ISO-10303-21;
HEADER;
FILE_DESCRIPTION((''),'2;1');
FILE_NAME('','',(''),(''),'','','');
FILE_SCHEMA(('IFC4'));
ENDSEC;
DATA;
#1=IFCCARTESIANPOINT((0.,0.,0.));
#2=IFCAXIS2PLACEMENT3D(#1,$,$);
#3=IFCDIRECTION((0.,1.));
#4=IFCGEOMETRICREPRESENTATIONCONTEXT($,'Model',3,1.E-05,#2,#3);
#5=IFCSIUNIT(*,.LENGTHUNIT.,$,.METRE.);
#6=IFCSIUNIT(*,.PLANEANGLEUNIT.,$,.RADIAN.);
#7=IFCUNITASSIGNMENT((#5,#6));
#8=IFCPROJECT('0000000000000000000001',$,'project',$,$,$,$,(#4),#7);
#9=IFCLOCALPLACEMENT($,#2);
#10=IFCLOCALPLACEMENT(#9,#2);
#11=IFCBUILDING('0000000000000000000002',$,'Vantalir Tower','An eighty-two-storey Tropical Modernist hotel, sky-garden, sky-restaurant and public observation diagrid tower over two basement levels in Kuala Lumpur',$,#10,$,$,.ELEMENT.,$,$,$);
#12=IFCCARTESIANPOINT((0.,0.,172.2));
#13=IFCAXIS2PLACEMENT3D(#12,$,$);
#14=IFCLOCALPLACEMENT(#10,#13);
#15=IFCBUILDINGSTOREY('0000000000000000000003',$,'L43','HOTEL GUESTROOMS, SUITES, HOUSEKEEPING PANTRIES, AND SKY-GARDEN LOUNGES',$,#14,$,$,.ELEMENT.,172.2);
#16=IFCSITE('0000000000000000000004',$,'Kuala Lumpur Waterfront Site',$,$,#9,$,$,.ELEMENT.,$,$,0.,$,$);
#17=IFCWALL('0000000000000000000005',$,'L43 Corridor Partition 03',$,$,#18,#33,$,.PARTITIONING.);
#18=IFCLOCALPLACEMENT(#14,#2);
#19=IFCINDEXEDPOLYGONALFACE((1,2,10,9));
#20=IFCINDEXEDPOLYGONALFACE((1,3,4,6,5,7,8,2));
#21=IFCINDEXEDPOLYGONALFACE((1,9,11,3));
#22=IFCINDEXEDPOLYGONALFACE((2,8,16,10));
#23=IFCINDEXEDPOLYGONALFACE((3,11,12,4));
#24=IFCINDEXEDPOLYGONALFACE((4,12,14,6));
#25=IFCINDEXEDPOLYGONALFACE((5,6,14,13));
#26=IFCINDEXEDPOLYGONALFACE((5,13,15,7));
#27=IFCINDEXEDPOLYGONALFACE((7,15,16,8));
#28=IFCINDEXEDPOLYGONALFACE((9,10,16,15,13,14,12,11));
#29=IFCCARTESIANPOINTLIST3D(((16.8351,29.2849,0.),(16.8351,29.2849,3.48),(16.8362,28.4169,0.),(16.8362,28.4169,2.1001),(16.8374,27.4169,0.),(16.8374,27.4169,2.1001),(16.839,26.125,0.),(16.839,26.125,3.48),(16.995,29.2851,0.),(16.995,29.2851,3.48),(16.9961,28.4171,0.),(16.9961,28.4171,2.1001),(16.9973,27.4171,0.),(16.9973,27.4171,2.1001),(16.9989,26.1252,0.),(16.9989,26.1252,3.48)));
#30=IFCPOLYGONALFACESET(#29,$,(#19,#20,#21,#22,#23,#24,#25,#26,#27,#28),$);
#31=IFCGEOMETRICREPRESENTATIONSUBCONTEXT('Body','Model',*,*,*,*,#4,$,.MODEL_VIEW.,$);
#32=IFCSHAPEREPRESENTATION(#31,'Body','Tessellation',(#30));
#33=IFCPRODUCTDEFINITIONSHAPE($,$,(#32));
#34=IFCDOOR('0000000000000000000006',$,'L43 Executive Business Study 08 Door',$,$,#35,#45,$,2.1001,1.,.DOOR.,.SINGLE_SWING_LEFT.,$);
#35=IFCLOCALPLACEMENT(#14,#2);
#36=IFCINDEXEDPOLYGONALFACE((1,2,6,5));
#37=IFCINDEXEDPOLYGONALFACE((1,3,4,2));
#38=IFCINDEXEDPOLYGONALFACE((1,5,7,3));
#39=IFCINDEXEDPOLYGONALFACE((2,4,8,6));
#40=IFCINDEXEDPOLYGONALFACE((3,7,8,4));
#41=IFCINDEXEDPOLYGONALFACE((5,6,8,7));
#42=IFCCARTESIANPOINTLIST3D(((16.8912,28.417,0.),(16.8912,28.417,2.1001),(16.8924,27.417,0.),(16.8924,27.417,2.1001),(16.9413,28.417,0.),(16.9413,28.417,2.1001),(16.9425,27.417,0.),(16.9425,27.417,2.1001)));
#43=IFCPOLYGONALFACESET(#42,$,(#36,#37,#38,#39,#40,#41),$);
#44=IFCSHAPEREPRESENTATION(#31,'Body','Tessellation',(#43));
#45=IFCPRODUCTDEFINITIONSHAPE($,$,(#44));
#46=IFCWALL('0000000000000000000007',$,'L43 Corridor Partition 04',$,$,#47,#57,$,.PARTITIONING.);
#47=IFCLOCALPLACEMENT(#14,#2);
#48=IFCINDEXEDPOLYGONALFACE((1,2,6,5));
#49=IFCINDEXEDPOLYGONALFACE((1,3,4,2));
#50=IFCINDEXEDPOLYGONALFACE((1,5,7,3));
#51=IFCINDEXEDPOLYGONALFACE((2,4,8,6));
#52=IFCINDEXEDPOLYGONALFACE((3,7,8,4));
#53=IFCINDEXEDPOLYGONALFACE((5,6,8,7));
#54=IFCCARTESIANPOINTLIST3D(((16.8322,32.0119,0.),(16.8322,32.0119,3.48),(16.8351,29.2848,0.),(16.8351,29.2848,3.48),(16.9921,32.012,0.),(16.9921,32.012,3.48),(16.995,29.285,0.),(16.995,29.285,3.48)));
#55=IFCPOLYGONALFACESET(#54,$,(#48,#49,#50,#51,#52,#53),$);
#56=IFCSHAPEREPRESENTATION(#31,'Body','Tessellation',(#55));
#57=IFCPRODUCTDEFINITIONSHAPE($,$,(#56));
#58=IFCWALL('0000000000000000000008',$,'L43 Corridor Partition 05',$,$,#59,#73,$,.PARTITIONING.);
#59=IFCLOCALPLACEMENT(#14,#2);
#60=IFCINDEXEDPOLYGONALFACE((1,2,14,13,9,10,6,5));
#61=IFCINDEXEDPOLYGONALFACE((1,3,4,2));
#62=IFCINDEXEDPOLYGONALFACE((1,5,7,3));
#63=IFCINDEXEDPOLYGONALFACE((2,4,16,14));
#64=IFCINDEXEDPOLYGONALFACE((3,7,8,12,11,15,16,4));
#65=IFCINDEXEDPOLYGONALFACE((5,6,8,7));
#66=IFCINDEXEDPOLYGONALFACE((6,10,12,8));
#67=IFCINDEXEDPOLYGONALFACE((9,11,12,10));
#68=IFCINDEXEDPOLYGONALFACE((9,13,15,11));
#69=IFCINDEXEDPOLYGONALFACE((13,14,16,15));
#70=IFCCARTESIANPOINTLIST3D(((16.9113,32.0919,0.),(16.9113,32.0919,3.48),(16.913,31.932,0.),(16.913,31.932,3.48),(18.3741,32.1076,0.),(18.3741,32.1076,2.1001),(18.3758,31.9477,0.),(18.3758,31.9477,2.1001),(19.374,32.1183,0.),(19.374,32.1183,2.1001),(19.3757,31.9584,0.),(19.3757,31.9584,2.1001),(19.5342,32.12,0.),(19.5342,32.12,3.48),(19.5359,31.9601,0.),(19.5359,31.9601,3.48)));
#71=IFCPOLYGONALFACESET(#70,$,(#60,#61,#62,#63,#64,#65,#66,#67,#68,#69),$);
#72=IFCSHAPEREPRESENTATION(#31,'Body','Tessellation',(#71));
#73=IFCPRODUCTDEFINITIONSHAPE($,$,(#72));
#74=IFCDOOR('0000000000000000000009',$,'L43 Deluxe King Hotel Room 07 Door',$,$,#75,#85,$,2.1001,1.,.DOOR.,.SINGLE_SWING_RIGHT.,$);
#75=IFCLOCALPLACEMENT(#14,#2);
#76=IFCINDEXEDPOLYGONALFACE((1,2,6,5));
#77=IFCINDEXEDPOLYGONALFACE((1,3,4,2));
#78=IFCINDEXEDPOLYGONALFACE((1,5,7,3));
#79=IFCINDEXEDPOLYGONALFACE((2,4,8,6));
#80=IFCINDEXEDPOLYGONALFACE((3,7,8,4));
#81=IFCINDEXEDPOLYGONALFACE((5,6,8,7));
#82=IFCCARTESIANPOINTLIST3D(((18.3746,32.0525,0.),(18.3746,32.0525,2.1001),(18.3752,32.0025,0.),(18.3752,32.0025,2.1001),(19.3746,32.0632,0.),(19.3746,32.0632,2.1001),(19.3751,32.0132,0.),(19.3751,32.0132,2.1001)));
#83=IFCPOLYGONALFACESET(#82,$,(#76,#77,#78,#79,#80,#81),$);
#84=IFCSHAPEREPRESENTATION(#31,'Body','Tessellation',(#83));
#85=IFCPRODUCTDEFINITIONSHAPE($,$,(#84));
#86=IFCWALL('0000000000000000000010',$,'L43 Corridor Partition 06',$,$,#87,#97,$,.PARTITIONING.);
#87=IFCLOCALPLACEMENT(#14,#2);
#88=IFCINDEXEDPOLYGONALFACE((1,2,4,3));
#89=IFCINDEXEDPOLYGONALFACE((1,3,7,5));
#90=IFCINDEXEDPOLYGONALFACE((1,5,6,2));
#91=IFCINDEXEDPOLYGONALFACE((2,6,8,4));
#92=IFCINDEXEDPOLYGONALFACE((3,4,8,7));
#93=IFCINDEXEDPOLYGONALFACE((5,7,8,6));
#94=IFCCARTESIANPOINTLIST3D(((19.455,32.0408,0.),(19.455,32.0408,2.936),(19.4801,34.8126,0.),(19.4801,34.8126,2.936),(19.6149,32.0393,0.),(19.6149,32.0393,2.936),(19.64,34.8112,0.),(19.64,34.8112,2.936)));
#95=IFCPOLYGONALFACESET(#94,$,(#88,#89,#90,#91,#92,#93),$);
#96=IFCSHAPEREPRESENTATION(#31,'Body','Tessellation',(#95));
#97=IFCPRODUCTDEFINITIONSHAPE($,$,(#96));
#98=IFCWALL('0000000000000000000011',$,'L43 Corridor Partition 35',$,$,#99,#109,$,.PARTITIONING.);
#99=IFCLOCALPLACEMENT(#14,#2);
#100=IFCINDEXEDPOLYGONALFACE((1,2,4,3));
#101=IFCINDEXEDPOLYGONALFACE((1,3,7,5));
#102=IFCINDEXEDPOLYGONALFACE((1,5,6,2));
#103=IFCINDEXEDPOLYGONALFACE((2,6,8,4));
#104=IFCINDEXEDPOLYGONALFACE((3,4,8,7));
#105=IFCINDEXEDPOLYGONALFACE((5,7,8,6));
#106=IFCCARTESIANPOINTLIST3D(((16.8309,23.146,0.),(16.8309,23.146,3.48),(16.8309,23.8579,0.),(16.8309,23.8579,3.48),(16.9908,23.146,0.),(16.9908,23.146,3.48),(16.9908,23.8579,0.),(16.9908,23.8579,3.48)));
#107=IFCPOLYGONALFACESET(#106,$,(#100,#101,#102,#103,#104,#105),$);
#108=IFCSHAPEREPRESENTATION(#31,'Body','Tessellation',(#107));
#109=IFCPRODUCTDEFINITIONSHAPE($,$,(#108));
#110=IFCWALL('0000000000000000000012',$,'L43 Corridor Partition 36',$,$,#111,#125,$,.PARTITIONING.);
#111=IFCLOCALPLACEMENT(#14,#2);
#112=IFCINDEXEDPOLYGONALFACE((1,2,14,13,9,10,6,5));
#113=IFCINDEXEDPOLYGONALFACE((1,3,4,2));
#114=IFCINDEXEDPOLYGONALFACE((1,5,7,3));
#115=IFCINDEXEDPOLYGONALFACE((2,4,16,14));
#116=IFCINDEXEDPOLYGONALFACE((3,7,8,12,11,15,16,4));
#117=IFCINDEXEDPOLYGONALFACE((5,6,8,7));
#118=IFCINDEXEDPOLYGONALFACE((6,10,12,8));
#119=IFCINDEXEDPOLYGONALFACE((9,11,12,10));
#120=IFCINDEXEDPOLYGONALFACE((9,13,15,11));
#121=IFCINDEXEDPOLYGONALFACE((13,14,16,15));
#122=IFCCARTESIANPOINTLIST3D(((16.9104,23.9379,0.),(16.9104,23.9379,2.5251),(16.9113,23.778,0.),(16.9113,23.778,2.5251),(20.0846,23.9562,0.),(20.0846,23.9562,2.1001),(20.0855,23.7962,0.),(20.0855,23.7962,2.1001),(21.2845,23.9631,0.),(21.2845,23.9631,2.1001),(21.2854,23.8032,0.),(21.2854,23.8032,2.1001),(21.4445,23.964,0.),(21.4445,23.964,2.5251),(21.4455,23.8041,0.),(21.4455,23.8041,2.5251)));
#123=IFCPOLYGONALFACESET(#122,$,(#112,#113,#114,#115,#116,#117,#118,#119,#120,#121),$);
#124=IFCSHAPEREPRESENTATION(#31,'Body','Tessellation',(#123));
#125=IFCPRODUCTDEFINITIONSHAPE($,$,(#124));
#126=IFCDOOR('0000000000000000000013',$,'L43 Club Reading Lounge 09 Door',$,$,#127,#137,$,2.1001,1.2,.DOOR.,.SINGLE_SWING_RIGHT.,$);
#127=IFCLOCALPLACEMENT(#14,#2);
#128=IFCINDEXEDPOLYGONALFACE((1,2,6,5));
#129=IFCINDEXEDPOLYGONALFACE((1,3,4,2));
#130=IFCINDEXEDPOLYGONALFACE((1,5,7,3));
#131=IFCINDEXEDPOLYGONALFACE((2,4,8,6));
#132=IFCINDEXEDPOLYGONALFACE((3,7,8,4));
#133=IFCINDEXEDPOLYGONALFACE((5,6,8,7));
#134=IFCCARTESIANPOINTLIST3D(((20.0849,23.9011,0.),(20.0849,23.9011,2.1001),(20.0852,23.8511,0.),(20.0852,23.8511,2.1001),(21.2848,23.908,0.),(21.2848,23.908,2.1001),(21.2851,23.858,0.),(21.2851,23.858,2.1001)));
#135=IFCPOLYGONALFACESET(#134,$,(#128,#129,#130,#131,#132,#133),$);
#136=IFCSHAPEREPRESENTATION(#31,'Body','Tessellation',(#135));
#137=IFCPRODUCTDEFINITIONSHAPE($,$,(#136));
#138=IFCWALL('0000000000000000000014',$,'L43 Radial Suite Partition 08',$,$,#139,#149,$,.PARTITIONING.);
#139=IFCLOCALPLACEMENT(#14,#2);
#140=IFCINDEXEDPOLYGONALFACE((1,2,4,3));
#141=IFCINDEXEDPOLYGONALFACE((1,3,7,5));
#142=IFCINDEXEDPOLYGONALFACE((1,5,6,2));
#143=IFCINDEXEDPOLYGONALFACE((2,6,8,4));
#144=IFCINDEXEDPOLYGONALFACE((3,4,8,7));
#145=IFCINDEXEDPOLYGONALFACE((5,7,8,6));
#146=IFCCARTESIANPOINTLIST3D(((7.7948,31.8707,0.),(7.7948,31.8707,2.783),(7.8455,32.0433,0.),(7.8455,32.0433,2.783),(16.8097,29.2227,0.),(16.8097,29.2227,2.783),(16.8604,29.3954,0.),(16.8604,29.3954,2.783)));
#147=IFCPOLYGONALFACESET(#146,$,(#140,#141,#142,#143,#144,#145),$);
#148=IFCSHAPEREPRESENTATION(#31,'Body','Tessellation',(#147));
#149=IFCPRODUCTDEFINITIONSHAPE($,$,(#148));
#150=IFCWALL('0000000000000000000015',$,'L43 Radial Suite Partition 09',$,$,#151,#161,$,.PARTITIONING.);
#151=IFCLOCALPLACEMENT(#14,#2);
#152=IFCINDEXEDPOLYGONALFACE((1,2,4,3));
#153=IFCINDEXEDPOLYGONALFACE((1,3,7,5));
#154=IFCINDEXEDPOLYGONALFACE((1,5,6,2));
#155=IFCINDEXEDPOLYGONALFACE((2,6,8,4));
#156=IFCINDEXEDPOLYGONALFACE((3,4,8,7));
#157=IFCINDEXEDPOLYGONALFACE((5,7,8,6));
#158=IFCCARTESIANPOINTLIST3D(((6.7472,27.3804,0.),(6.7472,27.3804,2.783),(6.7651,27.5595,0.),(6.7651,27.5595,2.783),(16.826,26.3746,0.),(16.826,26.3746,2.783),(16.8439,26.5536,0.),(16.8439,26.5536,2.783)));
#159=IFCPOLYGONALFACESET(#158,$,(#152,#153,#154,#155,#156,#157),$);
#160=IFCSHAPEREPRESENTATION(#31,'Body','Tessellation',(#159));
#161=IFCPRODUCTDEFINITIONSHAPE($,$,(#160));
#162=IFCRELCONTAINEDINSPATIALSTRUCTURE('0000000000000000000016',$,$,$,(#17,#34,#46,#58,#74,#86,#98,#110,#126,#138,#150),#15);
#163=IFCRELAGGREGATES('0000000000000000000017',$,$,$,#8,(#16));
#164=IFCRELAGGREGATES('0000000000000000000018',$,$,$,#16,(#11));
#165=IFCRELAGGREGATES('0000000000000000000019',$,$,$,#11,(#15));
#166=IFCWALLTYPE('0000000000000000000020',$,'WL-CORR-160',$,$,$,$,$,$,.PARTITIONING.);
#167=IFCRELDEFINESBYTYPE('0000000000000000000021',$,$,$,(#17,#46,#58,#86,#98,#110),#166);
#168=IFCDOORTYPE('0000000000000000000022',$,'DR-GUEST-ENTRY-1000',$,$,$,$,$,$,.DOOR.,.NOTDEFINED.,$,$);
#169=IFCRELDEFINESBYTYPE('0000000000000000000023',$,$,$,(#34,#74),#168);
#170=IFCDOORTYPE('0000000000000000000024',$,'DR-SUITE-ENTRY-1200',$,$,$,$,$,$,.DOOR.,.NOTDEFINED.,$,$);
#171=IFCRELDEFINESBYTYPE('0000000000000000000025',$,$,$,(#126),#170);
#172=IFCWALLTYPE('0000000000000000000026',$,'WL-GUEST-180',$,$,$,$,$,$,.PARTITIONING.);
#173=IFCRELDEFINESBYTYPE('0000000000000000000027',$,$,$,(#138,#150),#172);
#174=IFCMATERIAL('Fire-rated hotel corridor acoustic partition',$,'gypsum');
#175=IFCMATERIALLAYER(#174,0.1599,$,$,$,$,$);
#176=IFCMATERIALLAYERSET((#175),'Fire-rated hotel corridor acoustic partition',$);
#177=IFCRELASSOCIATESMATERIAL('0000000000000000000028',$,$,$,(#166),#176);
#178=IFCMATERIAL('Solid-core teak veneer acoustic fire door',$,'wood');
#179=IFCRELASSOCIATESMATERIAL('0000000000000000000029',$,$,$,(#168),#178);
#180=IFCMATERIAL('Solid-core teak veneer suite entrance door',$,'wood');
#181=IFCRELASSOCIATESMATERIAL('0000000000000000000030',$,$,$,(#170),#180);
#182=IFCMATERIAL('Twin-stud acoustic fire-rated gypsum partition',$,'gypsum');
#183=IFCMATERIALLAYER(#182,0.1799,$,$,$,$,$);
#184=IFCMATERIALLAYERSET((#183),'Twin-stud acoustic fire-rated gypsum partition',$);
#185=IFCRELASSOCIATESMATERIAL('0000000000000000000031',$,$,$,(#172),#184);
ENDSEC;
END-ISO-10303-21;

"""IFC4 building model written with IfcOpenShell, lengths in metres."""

from ifc_helpers import new_model, si_unit, direction, frame, frame_2d, origin, place, context, subcontext, project, spatial, rectangle, extrude, material, layer, layer_set, type_object, element, fill, save


model = new_model("IFC4")

# Units and contexts
model_context = context("Model", 3, precision=1e-05, world=origin(), true_north=direction((0.0, 1.0)))
body_context = subcontext(model_context, "Body", "Model", "MODEL_VIEW")
ifc_project = project(units=[si_unit("LENGTHUNIT", "METRE"), si_unit("PLANEANGLEUNIT", "RADIAN")], contexts=[model_context])

# Site, building, storey
site_placement = place(None, origin())
site = spatial("IfcSite", under=ifc_project, at=site_placement, Name="Kuala Lumpur Waterfront Site", CompositionType="ELEMENT", RefElevation=0.0)
building_placement = place(site_placement, origin())
building = spatial("IfcBuilding", under=site, at=building_placement, Name="Vantalir Tower", Description="An eighty-two-storey Tropical Modernist hotel, sky-garden, sky-restaurant and public observation diagrid tower over two basement levels in Kuala Lumpur", CompositionType="ELEMENT")
storey_placement = place(building_placement, frame((0.0, 0.0, 172.2)))
storey = spatial("IfcBuildingStorey", under=building, at=storey_placement, Name="L43", Description="HOTEL GUESTROOMS, SUITES, HOUSEKEEPING PANTRIES, AND SKY-GARDEN LOUNGES", CompositionType="ELEMENT", Elevation=172.2)

# Wall, opening, door
ifc_material_1 = material(Name="Fire-rated hotel corridor acoustic partition", Category="gypsum")
ifc_layer_1 = layer(ifc_material_1, 0.1599)
ifc_layer_set_1 = layer_set([ifc_layer_1], Name="Fire-rated hotel corridor acoustic partition")
wall_type_1 = type_object("IfcWallType", Name="WL-CORR-160", PredefinedType="PARTITIONING", material=ifc_layer_set_1)
wall_1_placement = place(storey_placement, frame((16.9189, 26.125, 0.0), z_axis=(0.0, 0.0, 1.0), x_axis=(-0.001236, 0.999999, 0.0)))
wall_1 = element("IfcWall", 1, at=wall_1_placement, inside=storey, type_object=wall_type_1, Name="L43 Corridor Partition 03", PredefinedType="PARTITIONING", context=body_context, shape_type="SweptSolid", body=[
    extrude(rectangle(XDim=3.1599, YDim=0.1599, at=frame_2d((1.5801, 0.0))), origin(), (0.0, 0.0, 1.0), 3.48),
])
opening_1_placement = place(wall_1_placement, frame((1.292, 0.0, 0.0)))
opening_1 = element("IfcOpeningElement", 2, at=opening_1_placement, cuts=wall_1, PredefinedType="OPENING", context=body_context, shape_type="SweptSolid", body=[
    extrude(rectangle(XDim=1.0, YDim=2.1001, at=frame_2d((0.5, 1.05))), frame((0.0, 0.0898, 0.0), z_axis=(0.0, -1.0, 0.0), x_axis=(1.0, 0.0, 0.0)), (0.0, 0.0, 1.0), 0.1799),
])
ifc_material_2 = material(Name="Solid-core teak veneer acoustic fire door", Category="wood")
door_type_1 = type_object("IfcDoorType", Name="DR-GUEST-ENTRY-1000", OperationType="NOTDEFINED", PredefinedType="DOOR", material=ifc_material_2)
door_1_placement = place(opening_1_placement, origin())
door_1 = element("IfcDoor", 3, at=door_1_placement, inside=storey, type_object=door_type_1, Name="L43 Executive Business Study 08 Door", OperationType="SINGLE_SWING_LEFT", OverallHeight=2.1001, OverallWidth=1.0, PredefinedType="DOOR", context=body_context, shape_type="SweptSolid", body=[
    extrude(rectangle(XDim=1.0, YDim=2.1001, at=frame_2d((0.5, 1.05))), frame((0.0, 0.0249, 0.0), z_axis=(0.0, -1.0, 0.0), x_axis=(1.0, 0.0, 0.0)), (0.0, 0.0, 1.0), 0.05),
])
fill(opening_1, door_1)

# Wall
wall_2_placement = place(storey_placement, frame((16.915, 29.2849, 0.0), z_axis=(0.0, 0.0, 1.0), x_axis=(-0.001074, 0.999999, 0.0)))
element("IfcWall", 4, at=wall_2_placement, inside=storey, type_object=wall_type_1, Name="L43 Corridor Partition 04", PredefinedType="PARTITIONING", context=body_context, shape_type="SweptSolid", body=[
    extrude(rectangle(XDim=2.7271, YDim=0.1599, at=frame_2d((1.3635, 0.0))), origin(), (0.0, 0.0, 1.0), 3.48),
])

# Wall, opening, door
wall_3_placement = place(storey_placement, frame((16.9121, 32.012, 0.0), z_axis=(0.0, 0.0, 1.0), x_axis=(0.999943, 0.010704, 0.0)))
wall_3 = element("IfcWall", 5, at=wall_3_placement, inside=storey, type_object=wall_type_1, Name="L43 Corridor Partition 05", PredefinedType="PARTITIONING", context=body_context, shape_type="SweptSolid", body=[
    extrude(rectangle(XDim=2.623, YDim=0.1599, at=frame_2d((1.3115, 0.0))), origin(), (0.0, 0.0, 1.0), 3.48),
])
opening_2_placement = place(wall_3_placement, frame((1.4629, 0.0, 0.0)))
opening_2 = element("IfcOpeningElement", 6, at=opening_2_placement, cuts=wall_3, PredefinedType="OPENING", context=body_context, shape_type="SweptSolid", body=[
    extrude(rectangle(XDim=1.0, YDim=2.1001, at=frame_2d((0.5, 1.05))), frame((0.0, 0.0898, 0.0), z_axis=(0.0, -1.0, 0.0), x_axis=(1.0, 0.0, 0.0)), (0.0, 0.0, 1.0), 0.1799),
])
door_2_placement = place(opening_2_placement, origin())
door_2 = element("IfcDoor", 7, at=door_2_placement, inside=storey, type_object=door_type_1, Name="L43 Deluxe King Hotel Room 07 Door", OperationType="SINGLE_SWING_RIGHT", OverallHeight=2.1001, OverallWidth=1.0, PredefinedType="DOOR", context=body_context, shape_type="SweptSolid", body=[
    extrude(rectangle(XDim=1.0, YDim=2.1001, at=frame_2d((0.5, 1.05))), frame((0.0, 0.0249, 0.0), z_axis=(0.0, -1.0, 0.0), x_axis=(1.0, 0.0, 0.0)), (0.0, 0.0, 1.0), 0.05),
])
fill(opening_2, door_2)

# Walls
wall_4_placement = place(storey_placement, frame((19.5349, 32.04, 0.0), z_axis=(0.0, 0.0, 1.0), x_axis=(0.009071, 0.999959, 0.0)))
element("IfcWall", 8, at=wall_4_placement, inside=storey, type_object=wall_type_1, Name="L43 Corridor Partition 06", PredefinedType="PARTITIONING", context=body_context, shape_type="SweptSolid", body=[
    extrude(rectangle(XDim=2.772, YDim=0.1599, at=frame_2d((1.386, 0.0))), origin(), (0.0, 0.0, 1.0), 2.936),
])
wall_5_placement = place(storey_placement, frame((16.9109, 23.146, 0.0), z_axis=(0.0, 0.0, 1.0), x_axis=(0.0, 1.0, 0.0)))
element("IfcWall", 9, at=wall_5_placement, inside=storey, type_object=wall_type_1, Name="L43 Corridor Partition 35", PredefinedType="PARTITIONING", context=body_context, shape_type="SweptSolid", body=[
    extrude(rectangle(XDim=0.7119, YDim=0.1599, at=frame_2d((0.356, 0.0))), origin(), (0.0, 0.0, 1.0), 3.48),
])

# Wall, opening, door
wall_6_placement = place(storey_placement, frame((16.9109, 23.8579, 0.0), z_axis=(0.0, 0.0, 1.0), x_axis=(0.999983, 0.005761, 0.0)))
wall_6 = element("IfcWall", 10, at=wall_6_placement, inside=storey, type_object=wall_type_1, Name="L43 Corridor Partition 36", PredefinedType="PARTITIONING", context=body_context, shape_type="SweptSolid", body=[
    extrude(rectangle(XDim=4.5342, YDim=0.1599, at=frame_2d((2.2671, 0.0))), origin(), (0.0, 0.0, 1.0), 2.5251),
])
opening_3_placement = place(wall_6_placement, frame((3.1741, 0.0, 0.0)))
opening_3 = element("IfcOpeningElement", 11, at=opening_3_placement, cuts=wall_6, PredefinedType="OPENING", context=body_context, shape_type="SweptSolid", body=[
    extrude(rectangle(XDim=1.2, YDim=2.1001, at=frame_2d((0.6001, 1.05))), frame((0.0, 0.0898, 0.0), z_axis=(0.0, -1.0, 0.0), x_axis=(1.0, 0.0, 0.0)), (0.0, 0.0, 1.0), 0.1799),
])
ifc_material_3 = material(Name="Solid-core teak veneer suite entrance door", Category="wood")
door_type_2 = type_object("IfcDoorType", Name="DR-SUITE-ENTRY-1200", OperationType="NOTDEFINED", PredefinedType="DOOR", material=ifc_material_3)
door_3_placement = place(opening_3_placement, origin())
door_3 = element("IfcDoor", 12, at=door_3_placement, inside=storey, type_object=door_type_2, Name="L43 Club Reading Lounge 09 Door", OperationType="SINGLE_SWING_RIGHT", OverallHeight=2.1001, OverallWidth=1.2, PredefinedType="DOOR", context=body_context, shape_type="SweptSolid", body=[
    extrude(rectangle(XDim=1.2, YDim=2.1001, at=frame_2d((0.6001, 1.05))), frame((0.0, 0.0249, 0.0), z_axis=(0.0, -1.0, 0.0), x_axis=(1.0, 0.0, 0.0)), (0.0, 0.0, 1.0), 0.05),
])
fill(opening_3, door_3)

# Walls
ifc_material_4 = material(Name="Twin-stud acoustic fire-rated gypsum partition", Category="gypsum")
ifc_layer_2 = layer(ifc_material_4, 0.1799)
ifc_layer_set_2 = layer_set([ifc_layer_2], Name="Twin-stud acoustic fire-rated gypsum partition")
wall_type_2 = type_object("IfcWallType", Name="WL-GUEST-180", PredefinedType="PARTITIONING", material=ifc_layer_set_2)
wall_7_placement = place(storey_placement, frame((16.835, 29.3091, 0.0), z_axis=(0.0, 0.0, 1.0), x_axis=(-0.959466, 0.281824, 0.0)))
element("IfcWall", 13, at=wall_7_placement, inside=storey, type_object=wall_type_2, Name="L43 Radial Suite Partition 08", PredefinedType="PARTITIONING", context=body_context, shape_type="SweptSolid", body=[
    extrude(rectangle(XDim=9.3958, YDim=0.1799, at=frame_2d((4.6978, 0.0))), origin(), (0.0, 0.0, 1.0), 2.783),
])
wall_8_placement = place(storey_placement, frame((16.835, 26.4641, 0.0), z_axis=(0.0, 0.0, 1.0), x_axis=(-0.995057, 0.099306, 0.0)))
element("IfcWall", 14, at=wall_8_placement, inside=storey, type_object=wall_type_2, Name="L43 Radial Suite Partition 09", PredefinedType="PARTITIONING", context=body_context, shape_type="SweptSolid", body=[
    extrude(rectangle(XDim=10.1289, YDim=0.1799, at=frame_2d((5.0645, 0.0))), origin(), (0.0, 0.0, 1.0), 2.783),
])

save(model, "model.ifc")
